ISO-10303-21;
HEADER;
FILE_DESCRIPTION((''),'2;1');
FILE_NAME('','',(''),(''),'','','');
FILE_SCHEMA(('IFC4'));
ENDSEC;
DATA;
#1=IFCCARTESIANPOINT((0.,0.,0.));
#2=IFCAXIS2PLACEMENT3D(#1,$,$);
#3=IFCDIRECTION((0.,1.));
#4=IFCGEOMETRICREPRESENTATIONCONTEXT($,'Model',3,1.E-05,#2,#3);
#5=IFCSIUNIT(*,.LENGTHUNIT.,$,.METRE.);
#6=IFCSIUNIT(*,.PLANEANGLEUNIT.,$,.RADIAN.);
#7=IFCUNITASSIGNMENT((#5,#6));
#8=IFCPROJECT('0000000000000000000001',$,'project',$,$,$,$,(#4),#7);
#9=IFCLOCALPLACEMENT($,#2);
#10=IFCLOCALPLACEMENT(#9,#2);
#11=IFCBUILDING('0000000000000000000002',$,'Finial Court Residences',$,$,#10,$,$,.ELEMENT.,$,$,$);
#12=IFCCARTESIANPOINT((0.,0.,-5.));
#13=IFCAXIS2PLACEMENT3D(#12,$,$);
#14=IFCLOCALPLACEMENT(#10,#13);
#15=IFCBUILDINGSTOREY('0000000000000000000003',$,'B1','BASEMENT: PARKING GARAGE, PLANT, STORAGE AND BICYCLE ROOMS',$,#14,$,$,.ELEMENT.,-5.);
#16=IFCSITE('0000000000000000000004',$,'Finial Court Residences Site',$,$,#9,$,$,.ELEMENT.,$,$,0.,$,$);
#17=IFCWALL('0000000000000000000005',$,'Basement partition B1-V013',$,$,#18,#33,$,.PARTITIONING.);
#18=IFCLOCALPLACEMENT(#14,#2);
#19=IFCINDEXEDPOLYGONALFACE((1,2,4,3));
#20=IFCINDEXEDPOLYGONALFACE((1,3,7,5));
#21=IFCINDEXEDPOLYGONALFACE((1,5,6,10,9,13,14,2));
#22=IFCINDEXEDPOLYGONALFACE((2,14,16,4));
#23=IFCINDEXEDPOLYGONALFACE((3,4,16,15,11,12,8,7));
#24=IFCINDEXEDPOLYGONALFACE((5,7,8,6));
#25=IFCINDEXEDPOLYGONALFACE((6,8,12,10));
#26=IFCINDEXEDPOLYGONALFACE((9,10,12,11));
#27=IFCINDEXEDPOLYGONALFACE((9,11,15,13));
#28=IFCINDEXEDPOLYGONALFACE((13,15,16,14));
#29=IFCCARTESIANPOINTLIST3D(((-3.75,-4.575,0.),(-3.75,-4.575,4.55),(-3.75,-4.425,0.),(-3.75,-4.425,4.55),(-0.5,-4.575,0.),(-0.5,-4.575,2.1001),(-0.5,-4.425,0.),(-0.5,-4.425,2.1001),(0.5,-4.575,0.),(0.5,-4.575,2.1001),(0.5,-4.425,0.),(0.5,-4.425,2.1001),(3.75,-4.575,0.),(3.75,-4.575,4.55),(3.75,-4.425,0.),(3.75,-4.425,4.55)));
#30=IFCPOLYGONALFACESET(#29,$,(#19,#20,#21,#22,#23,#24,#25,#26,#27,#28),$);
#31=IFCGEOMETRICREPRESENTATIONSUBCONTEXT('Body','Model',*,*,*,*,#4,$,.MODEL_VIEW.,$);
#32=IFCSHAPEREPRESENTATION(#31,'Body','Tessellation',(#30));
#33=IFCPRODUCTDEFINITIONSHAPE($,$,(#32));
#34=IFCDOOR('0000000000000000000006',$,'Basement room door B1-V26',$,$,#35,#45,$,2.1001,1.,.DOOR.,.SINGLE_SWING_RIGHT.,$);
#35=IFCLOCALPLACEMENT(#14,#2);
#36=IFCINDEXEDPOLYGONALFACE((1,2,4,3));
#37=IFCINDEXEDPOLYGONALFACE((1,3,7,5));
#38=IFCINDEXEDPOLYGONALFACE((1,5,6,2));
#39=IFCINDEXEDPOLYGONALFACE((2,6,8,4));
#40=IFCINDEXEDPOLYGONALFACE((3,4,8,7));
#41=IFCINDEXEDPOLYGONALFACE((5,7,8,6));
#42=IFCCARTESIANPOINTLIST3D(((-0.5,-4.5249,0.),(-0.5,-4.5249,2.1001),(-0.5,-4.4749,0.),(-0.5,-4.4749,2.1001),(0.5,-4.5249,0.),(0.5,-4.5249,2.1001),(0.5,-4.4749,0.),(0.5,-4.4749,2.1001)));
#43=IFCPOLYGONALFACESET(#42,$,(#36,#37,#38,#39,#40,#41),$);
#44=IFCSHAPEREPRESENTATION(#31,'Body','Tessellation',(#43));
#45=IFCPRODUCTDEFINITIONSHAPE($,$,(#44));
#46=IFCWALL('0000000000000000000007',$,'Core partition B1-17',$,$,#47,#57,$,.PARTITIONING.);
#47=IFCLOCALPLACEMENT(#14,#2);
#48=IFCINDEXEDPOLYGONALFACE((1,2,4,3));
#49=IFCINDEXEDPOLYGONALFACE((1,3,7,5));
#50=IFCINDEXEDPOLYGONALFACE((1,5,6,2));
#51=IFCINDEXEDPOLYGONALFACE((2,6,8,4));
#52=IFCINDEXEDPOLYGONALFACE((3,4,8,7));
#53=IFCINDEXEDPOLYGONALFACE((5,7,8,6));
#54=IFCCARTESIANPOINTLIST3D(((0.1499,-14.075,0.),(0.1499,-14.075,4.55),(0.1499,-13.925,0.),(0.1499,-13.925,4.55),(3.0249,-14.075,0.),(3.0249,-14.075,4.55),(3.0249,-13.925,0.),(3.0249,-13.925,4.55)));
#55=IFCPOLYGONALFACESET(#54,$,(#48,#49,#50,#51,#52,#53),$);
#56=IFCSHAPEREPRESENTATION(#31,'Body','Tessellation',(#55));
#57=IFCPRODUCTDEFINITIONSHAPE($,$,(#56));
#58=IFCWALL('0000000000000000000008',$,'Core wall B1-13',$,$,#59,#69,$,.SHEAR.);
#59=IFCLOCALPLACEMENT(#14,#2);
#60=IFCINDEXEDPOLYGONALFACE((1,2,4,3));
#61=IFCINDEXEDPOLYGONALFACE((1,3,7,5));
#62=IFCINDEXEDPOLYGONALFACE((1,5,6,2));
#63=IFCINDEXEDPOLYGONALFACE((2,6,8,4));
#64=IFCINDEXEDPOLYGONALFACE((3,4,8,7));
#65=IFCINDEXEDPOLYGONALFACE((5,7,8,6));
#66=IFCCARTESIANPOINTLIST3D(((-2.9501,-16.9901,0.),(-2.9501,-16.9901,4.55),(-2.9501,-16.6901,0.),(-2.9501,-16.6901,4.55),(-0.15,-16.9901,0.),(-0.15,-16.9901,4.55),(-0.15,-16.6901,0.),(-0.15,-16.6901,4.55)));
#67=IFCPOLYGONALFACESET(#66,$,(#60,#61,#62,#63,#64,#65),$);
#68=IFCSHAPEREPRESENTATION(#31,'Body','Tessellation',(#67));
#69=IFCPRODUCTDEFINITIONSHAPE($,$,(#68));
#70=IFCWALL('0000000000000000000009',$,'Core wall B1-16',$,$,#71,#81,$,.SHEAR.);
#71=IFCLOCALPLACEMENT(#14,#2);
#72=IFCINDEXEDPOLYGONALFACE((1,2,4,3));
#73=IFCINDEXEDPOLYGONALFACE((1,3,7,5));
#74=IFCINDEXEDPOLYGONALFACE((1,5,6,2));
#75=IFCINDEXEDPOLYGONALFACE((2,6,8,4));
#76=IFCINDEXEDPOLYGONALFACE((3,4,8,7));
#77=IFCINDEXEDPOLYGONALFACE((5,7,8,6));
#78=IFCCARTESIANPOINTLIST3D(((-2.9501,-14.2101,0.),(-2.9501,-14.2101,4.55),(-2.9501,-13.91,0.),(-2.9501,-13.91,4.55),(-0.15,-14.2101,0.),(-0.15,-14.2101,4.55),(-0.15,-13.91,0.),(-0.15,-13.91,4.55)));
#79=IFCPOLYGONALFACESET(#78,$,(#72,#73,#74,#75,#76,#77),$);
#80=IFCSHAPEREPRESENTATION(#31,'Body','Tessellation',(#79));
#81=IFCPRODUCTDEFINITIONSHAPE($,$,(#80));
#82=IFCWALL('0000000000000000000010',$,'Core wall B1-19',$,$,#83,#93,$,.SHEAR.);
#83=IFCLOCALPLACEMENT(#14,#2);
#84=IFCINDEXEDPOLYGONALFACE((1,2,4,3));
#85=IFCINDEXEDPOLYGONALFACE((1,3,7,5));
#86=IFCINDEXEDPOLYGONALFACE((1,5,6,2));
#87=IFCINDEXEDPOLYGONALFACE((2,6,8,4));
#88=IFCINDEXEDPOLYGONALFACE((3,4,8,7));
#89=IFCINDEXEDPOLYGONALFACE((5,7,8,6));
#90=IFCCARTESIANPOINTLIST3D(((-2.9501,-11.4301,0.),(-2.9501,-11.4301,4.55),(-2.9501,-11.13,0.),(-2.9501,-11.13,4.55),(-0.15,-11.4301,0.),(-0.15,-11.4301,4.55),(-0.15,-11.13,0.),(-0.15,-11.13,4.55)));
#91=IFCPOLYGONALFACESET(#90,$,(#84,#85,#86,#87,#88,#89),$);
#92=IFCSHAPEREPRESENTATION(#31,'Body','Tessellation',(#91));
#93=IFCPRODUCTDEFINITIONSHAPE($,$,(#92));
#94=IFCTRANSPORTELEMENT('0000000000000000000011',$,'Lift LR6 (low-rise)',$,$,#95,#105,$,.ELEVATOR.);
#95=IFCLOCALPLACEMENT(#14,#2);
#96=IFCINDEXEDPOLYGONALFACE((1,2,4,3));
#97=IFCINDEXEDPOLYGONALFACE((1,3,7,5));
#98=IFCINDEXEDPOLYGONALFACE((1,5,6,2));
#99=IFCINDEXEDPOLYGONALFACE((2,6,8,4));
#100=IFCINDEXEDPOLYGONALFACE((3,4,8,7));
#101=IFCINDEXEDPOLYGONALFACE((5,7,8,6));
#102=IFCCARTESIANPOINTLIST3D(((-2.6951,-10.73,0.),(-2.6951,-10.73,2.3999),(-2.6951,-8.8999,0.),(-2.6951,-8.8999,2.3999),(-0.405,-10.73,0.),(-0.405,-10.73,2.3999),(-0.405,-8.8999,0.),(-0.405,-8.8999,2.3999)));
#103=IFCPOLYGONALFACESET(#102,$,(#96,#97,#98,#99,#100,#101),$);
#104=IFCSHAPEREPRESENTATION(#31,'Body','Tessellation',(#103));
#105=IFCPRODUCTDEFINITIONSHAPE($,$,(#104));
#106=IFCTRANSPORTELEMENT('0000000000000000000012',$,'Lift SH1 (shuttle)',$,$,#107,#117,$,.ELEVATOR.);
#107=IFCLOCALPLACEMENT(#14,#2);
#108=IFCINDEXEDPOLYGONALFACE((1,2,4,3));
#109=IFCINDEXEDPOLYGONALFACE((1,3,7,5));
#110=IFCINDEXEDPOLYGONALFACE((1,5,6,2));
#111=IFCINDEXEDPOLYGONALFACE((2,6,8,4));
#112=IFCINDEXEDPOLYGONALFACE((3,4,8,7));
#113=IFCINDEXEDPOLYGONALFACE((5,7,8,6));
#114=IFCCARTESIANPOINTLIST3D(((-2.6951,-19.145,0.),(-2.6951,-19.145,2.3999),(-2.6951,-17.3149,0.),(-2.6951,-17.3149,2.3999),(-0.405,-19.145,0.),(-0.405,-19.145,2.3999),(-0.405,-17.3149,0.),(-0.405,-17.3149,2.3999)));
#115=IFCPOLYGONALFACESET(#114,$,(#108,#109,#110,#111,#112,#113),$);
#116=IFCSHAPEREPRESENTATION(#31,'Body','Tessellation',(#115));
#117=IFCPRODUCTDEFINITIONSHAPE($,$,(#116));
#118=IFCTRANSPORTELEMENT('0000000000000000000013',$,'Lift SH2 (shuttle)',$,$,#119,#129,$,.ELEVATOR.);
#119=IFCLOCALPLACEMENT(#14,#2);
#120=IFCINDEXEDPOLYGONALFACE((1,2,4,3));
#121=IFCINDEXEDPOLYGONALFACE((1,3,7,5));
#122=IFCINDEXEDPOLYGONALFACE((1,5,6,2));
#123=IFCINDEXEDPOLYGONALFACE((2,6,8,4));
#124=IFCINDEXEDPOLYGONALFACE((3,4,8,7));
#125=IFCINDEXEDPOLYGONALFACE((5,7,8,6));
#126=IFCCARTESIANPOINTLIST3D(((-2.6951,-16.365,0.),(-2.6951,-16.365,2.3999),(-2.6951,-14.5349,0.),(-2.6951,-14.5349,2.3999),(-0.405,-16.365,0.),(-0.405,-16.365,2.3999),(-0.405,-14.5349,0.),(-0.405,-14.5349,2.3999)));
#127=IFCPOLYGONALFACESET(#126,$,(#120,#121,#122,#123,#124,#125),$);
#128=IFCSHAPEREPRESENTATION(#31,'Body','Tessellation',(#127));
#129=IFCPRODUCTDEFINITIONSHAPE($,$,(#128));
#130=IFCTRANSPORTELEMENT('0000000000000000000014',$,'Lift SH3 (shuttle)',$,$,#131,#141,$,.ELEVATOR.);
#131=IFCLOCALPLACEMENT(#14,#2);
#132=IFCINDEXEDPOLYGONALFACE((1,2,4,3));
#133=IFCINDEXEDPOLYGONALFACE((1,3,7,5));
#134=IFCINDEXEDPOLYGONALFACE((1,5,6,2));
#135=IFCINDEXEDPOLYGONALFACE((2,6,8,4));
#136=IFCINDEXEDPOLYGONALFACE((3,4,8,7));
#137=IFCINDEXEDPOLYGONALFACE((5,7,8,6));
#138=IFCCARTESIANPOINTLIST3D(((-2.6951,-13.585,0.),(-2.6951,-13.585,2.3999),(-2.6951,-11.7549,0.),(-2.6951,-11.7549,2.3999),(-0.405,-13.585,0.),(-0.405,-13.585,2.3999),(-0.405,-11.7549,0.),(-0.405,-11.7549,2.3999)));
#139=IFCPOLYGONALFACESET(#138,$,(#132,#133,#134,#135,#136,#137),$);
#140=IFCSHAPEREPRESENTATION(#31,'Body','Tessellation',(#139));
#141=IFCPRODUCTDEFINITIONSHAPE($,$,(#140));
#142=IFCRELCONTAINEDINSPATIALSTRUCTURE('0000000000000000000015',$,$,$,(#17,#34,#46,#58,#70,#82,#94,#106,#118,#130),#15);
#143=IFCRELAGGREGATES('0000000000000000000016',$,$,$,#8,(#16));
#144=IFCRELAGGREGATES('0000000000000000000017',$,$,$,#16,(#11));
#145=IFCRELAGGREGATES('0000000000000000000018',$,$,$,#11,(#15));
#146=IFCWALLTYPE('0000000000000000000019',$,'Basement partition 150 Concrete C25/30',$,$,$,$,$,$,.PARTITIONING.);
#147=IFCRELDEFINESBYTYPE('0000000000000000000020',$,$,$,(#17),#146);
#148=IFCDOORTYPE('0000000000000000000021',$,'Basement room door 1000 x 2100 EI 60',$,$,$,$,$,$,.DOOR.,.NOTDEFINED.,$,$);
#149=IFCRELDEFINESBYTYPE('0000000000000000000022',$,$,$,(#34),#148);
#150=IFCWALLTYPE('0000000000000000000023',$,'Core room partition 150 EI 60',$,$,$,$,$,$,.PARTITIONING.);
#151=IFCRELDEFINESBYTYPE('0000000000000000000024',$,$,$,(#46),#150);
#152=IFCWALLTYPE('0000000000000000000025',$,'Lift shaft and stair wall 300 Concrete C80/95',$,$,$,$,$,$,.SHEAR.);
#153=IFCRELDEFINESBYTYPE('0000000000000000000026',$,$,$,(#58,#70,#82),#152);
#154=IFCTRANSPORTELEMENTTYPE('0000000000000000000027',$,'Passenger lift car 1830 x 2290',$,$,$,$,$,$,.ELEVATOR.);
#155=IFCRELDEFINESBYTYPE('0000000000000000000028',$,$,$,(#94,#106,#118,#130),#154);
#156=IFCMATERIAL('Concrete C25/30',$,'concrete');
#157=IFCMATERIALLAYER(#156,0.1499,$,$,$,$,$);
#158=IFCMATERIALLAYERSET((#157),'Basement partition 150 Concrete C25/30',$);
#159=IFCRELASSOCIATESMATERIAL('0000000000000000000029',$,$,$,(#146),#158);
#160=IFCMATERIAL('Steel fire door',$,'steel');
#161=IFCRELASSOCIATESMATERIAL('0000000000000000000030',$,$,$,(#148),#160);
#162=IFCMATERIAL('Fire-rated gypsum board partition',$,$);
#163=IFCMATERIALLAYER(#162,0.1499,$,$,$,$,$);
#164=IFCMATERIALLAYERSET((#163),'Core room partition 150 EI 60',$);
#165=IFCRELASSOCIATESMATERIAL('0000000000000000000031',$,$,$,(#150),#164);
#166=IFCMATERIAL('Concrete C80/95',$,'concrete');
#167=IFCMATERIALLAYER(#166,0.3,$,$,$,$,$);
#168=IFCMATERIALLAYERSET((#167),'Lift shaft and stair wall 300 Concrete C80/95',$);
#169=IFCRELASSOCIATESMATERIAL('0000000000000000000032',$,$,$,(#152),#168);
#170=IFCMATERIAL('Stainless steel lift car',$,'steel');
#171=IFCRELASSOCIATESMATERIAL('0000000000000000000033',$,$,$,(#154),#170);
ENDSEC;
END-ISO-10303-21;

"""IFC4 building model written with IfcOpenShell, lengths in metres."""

from ifc_helpers import new_model, si_unit, direction, frame, frame_2d, origin, origin_2d, place, context, subcontext, project, spatial, rectangle, extrude, material, layer, layer_set, type_object, element, fill, save


model = new_model("IFC4")

# Units and contexts
model_context = context("Model", 3, precision=1e-05, world=origin(), true_north=direction((0.0, 1.0)))
body_context = subcontext(model_context, "Body", "Model", "MODEL_VIEW")
ifc_project = project(units=[si_unit("LENGTHUNIT", "METRE"), si_unit("PLANEANGLEUNIT", "RADIAN")], contexts=[model_context])

# Site, building, storey
site_placement = place(None, origin())
site = spatial("IfcSite", under=ifc_project, at=site_placement, Name="Finial Court Residences Site", CompositionType="ELEMENT", RefElevation=0.0)
building_placement = place(site_placement, origin())
building = spatial("IfcBuilding", under=site, at=building_placement, Name="Finial Court Residences", CompositionType="ELEMENT")
storey_placement = place(building_placement, frame((0.0, 0.0, -5.0)))
storey = spatial("IfcBuildingStorey", under=building, at=storey_placement, Name="B1", Description="BASEMENT: PARKING GARAGE, PLANT, STORAGE AND BICYCLE ROOMS", CompositionType="ELEMENT", Elevation=-5.0)

# Shared definitions
ifc_material_1 = material(Name="Concrete C80/95", Category="concrete")

# Wall, opening, door
ifc_material_2 = material(Name="Concrete C25/30", Category="concrete")
ifc_layer_1 = layer(ifc_material_2, 0.1499)
ifc_layer_set_1 = layer_set([ifc_layer_1], Name="Basement partition 150 Concrete C25/30")
wall_type_1 = type_object("IfcWallType", Name="Basement partition 150 Concrete C25/30", PredefinedType="PARTITIONING", material=ifc_layer_set_1)
wall_1_placement = place(storey_placement, frame((3.75, -4.5, 0.0), z_axis=(0.0, 0.0, 1.0), x_axis=(-1.0, 0.0, 0.0)))
wall_1 = element("IfcWall", 1, at=wall_1_placement, inside=storey, type_object=wall_type_1, Name="Basement partition B1-V013", PredefinedType="PARTITIONING", context=body_context, shape_type="SweptSolid", body=[
    extrude(rectangle(XDim=7.5, YDim=0.1499, at=frame_2d((3.75, 0.0))), origin(), (0.0, 0.0, 1.0), 4.55),
])
opening_placement = place(wall_1_placement, frame((3.25, 0.0, 0.0)))
opening = element("IfcOpeningElement", 2, at=opening_placement, cuts=wall_1, PredefinedType="OPENING", context=body_context, shape_type="SweptSolid", body=[
    extrude(rectangle(XDim=1.0, YDim=2.1001, at=frame_2d((0.5, 1.05))), frame((0.0, 0.085, 0.0), z_axis=(0.0, -1.0, 0.0), x_axis=(1.0, 0.0, 0.0)), (0.0, 0.0, 1.0), 0.1699),
])
ifc_material_3 = material(Name="Steel fire door", Category="steel")
door_type = type_object("IfcDoorType", Name="Basement room door 1000 x 2100 EI 60", OperationType="NOTDEFINED", PredefinedType="DOOR", material=ifc_material_3)
door_placement = place(opening_placement, origin())
door = element("IfcDoor", 3, at=door_placement, inside=storey, type_object=door_type, Name="Basement room door B1-V26", OperationType="SINGLE_SWING_RIGHT", OverallHeight=2.1001, OverallWidth=1.0, PredefinedType="DOOR", context=body_context, shape_type="SweptSolid", body=[
    extrude(rectangle(XDim=1.0, YDim=2.1001, at=frame_2d((0.5, 1.05))), frame((0.0, 0.0249, 0.0), z_axis=(0.0, -1.0, 0.0), x_axis=(1.0, 0.0, 0.0)), (0.0, 0.0, 1.0), 0.05),
])
fill(opening, door)

# Walls
ifc_material_4 = material(Name="Fire-rated gypsum board partition")
ifc_layer_2 = layer(ifc_material_4, 0.1499)
ifc_layer_set_2 = layer_set([ifc_layer_2], Name="Core room partition 150 EI 60")
wall_type_2 = type_object("IfcWallType", Name="Core room partition 150 EI 60", PredefinedType="PARTITIONING", material=ifc_layer_set_2)
wall_2_placement = place(storey_placement, frame((0.1499, -14.0, 0.0), z_axis=(0.0, 0.0, 1.0), x_axis=(1.0, 0.0, 0.0)))
element("IfcWall", 4, at=wall_2_placement, inside=storey, type_object=wall_type_2, Name="Core partition B1-17", PredefinedType="PARTITIONING", context=body_context, shape_type="SweptSolid", body=[
    extrude(rectangle(XDim=2.875, YDim=0.1499, at=frame_2d((1.4375, 0.0))), origin(), (0.0, 0.0, 1.0), 4.55),
])
ifc_layer_3 = layer(ifc_material_1, 0.3)
ifc_layer_set_3 = layer_set([ifc_layer_3], Name="Lift shaft and stair wall 300 Concrete C80/95")
wall_type_3 = type_object("IfcWallType", Name="Lift shaft and stair wall 300 Concrete C80/95", PredefinedType="SHEAR", material=ifc_layer_set_3)
for number, where, z_axis, x_axis, name in (
    (5, (-2.95, -16.8401, 0.0), (0.0, 0.0, 1.0), (1.0, 0.0, 0.0), "Core wall B1-13"),
    (6, (-2.95, -14.0601, 0.0), (0.0, 0.0, 1.0), (1.0, 0.0, 0.0), "Core wall B1-16"),
    (7, (-2.95, -11.28, 0.0), (0.0, 0.0, 1.0), (1.0, 0.0, 0.0), "Core wall B1-19"),
):
    element("IfcWall", number, at=place(storey_placement, frame(where, z_axis=z_axis, x_axis=x_axis)), inside=storey, type_object=wall_type_3, Name=name, PredefinedType="SHEAR", context=body_context, shape_type="SweptSolid", body=[
        extrude(rectangle(XDim=2.8, YDim=0.3, at=frame_2d((1.3999, 0.0))), origin(), (0.0, 0.0, 1.0), 4.55),
    ])

# Transport elements
ifc_material_5 = material(Name="Stainless steel lift car", Category="steel")
transport_element_type = type_object("IfcTransportElementType", Name="Passenger lift car 1830 x 2290", PredefinedType="ELEVATOR", material=ifc_material_5)
for number, where, z_axis, x_axis, name in (
    (8, (-1.55, -9.8149, 0.0), (0.0, 0.0, 1.0), (1.0, 0.0, 0.0), "Lift LR6 (low-rise)"),
    (9, (-1.55, -18.23, 0.0), (0.0, 0.0, 1.0), (1.0, 0.0, 0.0), "Lift SH1 (shuttle)"),
    (10, (-1.55, -15.45, 0.0), (0.0, 0.0, 1.0), (1.0, 0.0, 0.0), "Lift SH2 (shuttle)"),
    (11, (-1.55, -12.6699, 0.0), (0.0, 0.0, 1.0), (1.0, 0.0, 0.0), "Lift SH3 (shuttle)"),
):
    element("IfcTransportElement", number, at=place(storey_placement, frame(where, z_axis=z_axis, x_axis=x_axis)), inside=storey, type_object=transport_element_type, Name=name, PredefinedType="ELEVATOR", context=body_context, shape_type="SweptSolid", body=[
        extrude(rectangle(XDim=2.29, YDim=1.8301, at=origin_2d()), origin(), (0.0, 0.0, 1.0), 2.3999),
    ])

save(model, "model.ifc")
